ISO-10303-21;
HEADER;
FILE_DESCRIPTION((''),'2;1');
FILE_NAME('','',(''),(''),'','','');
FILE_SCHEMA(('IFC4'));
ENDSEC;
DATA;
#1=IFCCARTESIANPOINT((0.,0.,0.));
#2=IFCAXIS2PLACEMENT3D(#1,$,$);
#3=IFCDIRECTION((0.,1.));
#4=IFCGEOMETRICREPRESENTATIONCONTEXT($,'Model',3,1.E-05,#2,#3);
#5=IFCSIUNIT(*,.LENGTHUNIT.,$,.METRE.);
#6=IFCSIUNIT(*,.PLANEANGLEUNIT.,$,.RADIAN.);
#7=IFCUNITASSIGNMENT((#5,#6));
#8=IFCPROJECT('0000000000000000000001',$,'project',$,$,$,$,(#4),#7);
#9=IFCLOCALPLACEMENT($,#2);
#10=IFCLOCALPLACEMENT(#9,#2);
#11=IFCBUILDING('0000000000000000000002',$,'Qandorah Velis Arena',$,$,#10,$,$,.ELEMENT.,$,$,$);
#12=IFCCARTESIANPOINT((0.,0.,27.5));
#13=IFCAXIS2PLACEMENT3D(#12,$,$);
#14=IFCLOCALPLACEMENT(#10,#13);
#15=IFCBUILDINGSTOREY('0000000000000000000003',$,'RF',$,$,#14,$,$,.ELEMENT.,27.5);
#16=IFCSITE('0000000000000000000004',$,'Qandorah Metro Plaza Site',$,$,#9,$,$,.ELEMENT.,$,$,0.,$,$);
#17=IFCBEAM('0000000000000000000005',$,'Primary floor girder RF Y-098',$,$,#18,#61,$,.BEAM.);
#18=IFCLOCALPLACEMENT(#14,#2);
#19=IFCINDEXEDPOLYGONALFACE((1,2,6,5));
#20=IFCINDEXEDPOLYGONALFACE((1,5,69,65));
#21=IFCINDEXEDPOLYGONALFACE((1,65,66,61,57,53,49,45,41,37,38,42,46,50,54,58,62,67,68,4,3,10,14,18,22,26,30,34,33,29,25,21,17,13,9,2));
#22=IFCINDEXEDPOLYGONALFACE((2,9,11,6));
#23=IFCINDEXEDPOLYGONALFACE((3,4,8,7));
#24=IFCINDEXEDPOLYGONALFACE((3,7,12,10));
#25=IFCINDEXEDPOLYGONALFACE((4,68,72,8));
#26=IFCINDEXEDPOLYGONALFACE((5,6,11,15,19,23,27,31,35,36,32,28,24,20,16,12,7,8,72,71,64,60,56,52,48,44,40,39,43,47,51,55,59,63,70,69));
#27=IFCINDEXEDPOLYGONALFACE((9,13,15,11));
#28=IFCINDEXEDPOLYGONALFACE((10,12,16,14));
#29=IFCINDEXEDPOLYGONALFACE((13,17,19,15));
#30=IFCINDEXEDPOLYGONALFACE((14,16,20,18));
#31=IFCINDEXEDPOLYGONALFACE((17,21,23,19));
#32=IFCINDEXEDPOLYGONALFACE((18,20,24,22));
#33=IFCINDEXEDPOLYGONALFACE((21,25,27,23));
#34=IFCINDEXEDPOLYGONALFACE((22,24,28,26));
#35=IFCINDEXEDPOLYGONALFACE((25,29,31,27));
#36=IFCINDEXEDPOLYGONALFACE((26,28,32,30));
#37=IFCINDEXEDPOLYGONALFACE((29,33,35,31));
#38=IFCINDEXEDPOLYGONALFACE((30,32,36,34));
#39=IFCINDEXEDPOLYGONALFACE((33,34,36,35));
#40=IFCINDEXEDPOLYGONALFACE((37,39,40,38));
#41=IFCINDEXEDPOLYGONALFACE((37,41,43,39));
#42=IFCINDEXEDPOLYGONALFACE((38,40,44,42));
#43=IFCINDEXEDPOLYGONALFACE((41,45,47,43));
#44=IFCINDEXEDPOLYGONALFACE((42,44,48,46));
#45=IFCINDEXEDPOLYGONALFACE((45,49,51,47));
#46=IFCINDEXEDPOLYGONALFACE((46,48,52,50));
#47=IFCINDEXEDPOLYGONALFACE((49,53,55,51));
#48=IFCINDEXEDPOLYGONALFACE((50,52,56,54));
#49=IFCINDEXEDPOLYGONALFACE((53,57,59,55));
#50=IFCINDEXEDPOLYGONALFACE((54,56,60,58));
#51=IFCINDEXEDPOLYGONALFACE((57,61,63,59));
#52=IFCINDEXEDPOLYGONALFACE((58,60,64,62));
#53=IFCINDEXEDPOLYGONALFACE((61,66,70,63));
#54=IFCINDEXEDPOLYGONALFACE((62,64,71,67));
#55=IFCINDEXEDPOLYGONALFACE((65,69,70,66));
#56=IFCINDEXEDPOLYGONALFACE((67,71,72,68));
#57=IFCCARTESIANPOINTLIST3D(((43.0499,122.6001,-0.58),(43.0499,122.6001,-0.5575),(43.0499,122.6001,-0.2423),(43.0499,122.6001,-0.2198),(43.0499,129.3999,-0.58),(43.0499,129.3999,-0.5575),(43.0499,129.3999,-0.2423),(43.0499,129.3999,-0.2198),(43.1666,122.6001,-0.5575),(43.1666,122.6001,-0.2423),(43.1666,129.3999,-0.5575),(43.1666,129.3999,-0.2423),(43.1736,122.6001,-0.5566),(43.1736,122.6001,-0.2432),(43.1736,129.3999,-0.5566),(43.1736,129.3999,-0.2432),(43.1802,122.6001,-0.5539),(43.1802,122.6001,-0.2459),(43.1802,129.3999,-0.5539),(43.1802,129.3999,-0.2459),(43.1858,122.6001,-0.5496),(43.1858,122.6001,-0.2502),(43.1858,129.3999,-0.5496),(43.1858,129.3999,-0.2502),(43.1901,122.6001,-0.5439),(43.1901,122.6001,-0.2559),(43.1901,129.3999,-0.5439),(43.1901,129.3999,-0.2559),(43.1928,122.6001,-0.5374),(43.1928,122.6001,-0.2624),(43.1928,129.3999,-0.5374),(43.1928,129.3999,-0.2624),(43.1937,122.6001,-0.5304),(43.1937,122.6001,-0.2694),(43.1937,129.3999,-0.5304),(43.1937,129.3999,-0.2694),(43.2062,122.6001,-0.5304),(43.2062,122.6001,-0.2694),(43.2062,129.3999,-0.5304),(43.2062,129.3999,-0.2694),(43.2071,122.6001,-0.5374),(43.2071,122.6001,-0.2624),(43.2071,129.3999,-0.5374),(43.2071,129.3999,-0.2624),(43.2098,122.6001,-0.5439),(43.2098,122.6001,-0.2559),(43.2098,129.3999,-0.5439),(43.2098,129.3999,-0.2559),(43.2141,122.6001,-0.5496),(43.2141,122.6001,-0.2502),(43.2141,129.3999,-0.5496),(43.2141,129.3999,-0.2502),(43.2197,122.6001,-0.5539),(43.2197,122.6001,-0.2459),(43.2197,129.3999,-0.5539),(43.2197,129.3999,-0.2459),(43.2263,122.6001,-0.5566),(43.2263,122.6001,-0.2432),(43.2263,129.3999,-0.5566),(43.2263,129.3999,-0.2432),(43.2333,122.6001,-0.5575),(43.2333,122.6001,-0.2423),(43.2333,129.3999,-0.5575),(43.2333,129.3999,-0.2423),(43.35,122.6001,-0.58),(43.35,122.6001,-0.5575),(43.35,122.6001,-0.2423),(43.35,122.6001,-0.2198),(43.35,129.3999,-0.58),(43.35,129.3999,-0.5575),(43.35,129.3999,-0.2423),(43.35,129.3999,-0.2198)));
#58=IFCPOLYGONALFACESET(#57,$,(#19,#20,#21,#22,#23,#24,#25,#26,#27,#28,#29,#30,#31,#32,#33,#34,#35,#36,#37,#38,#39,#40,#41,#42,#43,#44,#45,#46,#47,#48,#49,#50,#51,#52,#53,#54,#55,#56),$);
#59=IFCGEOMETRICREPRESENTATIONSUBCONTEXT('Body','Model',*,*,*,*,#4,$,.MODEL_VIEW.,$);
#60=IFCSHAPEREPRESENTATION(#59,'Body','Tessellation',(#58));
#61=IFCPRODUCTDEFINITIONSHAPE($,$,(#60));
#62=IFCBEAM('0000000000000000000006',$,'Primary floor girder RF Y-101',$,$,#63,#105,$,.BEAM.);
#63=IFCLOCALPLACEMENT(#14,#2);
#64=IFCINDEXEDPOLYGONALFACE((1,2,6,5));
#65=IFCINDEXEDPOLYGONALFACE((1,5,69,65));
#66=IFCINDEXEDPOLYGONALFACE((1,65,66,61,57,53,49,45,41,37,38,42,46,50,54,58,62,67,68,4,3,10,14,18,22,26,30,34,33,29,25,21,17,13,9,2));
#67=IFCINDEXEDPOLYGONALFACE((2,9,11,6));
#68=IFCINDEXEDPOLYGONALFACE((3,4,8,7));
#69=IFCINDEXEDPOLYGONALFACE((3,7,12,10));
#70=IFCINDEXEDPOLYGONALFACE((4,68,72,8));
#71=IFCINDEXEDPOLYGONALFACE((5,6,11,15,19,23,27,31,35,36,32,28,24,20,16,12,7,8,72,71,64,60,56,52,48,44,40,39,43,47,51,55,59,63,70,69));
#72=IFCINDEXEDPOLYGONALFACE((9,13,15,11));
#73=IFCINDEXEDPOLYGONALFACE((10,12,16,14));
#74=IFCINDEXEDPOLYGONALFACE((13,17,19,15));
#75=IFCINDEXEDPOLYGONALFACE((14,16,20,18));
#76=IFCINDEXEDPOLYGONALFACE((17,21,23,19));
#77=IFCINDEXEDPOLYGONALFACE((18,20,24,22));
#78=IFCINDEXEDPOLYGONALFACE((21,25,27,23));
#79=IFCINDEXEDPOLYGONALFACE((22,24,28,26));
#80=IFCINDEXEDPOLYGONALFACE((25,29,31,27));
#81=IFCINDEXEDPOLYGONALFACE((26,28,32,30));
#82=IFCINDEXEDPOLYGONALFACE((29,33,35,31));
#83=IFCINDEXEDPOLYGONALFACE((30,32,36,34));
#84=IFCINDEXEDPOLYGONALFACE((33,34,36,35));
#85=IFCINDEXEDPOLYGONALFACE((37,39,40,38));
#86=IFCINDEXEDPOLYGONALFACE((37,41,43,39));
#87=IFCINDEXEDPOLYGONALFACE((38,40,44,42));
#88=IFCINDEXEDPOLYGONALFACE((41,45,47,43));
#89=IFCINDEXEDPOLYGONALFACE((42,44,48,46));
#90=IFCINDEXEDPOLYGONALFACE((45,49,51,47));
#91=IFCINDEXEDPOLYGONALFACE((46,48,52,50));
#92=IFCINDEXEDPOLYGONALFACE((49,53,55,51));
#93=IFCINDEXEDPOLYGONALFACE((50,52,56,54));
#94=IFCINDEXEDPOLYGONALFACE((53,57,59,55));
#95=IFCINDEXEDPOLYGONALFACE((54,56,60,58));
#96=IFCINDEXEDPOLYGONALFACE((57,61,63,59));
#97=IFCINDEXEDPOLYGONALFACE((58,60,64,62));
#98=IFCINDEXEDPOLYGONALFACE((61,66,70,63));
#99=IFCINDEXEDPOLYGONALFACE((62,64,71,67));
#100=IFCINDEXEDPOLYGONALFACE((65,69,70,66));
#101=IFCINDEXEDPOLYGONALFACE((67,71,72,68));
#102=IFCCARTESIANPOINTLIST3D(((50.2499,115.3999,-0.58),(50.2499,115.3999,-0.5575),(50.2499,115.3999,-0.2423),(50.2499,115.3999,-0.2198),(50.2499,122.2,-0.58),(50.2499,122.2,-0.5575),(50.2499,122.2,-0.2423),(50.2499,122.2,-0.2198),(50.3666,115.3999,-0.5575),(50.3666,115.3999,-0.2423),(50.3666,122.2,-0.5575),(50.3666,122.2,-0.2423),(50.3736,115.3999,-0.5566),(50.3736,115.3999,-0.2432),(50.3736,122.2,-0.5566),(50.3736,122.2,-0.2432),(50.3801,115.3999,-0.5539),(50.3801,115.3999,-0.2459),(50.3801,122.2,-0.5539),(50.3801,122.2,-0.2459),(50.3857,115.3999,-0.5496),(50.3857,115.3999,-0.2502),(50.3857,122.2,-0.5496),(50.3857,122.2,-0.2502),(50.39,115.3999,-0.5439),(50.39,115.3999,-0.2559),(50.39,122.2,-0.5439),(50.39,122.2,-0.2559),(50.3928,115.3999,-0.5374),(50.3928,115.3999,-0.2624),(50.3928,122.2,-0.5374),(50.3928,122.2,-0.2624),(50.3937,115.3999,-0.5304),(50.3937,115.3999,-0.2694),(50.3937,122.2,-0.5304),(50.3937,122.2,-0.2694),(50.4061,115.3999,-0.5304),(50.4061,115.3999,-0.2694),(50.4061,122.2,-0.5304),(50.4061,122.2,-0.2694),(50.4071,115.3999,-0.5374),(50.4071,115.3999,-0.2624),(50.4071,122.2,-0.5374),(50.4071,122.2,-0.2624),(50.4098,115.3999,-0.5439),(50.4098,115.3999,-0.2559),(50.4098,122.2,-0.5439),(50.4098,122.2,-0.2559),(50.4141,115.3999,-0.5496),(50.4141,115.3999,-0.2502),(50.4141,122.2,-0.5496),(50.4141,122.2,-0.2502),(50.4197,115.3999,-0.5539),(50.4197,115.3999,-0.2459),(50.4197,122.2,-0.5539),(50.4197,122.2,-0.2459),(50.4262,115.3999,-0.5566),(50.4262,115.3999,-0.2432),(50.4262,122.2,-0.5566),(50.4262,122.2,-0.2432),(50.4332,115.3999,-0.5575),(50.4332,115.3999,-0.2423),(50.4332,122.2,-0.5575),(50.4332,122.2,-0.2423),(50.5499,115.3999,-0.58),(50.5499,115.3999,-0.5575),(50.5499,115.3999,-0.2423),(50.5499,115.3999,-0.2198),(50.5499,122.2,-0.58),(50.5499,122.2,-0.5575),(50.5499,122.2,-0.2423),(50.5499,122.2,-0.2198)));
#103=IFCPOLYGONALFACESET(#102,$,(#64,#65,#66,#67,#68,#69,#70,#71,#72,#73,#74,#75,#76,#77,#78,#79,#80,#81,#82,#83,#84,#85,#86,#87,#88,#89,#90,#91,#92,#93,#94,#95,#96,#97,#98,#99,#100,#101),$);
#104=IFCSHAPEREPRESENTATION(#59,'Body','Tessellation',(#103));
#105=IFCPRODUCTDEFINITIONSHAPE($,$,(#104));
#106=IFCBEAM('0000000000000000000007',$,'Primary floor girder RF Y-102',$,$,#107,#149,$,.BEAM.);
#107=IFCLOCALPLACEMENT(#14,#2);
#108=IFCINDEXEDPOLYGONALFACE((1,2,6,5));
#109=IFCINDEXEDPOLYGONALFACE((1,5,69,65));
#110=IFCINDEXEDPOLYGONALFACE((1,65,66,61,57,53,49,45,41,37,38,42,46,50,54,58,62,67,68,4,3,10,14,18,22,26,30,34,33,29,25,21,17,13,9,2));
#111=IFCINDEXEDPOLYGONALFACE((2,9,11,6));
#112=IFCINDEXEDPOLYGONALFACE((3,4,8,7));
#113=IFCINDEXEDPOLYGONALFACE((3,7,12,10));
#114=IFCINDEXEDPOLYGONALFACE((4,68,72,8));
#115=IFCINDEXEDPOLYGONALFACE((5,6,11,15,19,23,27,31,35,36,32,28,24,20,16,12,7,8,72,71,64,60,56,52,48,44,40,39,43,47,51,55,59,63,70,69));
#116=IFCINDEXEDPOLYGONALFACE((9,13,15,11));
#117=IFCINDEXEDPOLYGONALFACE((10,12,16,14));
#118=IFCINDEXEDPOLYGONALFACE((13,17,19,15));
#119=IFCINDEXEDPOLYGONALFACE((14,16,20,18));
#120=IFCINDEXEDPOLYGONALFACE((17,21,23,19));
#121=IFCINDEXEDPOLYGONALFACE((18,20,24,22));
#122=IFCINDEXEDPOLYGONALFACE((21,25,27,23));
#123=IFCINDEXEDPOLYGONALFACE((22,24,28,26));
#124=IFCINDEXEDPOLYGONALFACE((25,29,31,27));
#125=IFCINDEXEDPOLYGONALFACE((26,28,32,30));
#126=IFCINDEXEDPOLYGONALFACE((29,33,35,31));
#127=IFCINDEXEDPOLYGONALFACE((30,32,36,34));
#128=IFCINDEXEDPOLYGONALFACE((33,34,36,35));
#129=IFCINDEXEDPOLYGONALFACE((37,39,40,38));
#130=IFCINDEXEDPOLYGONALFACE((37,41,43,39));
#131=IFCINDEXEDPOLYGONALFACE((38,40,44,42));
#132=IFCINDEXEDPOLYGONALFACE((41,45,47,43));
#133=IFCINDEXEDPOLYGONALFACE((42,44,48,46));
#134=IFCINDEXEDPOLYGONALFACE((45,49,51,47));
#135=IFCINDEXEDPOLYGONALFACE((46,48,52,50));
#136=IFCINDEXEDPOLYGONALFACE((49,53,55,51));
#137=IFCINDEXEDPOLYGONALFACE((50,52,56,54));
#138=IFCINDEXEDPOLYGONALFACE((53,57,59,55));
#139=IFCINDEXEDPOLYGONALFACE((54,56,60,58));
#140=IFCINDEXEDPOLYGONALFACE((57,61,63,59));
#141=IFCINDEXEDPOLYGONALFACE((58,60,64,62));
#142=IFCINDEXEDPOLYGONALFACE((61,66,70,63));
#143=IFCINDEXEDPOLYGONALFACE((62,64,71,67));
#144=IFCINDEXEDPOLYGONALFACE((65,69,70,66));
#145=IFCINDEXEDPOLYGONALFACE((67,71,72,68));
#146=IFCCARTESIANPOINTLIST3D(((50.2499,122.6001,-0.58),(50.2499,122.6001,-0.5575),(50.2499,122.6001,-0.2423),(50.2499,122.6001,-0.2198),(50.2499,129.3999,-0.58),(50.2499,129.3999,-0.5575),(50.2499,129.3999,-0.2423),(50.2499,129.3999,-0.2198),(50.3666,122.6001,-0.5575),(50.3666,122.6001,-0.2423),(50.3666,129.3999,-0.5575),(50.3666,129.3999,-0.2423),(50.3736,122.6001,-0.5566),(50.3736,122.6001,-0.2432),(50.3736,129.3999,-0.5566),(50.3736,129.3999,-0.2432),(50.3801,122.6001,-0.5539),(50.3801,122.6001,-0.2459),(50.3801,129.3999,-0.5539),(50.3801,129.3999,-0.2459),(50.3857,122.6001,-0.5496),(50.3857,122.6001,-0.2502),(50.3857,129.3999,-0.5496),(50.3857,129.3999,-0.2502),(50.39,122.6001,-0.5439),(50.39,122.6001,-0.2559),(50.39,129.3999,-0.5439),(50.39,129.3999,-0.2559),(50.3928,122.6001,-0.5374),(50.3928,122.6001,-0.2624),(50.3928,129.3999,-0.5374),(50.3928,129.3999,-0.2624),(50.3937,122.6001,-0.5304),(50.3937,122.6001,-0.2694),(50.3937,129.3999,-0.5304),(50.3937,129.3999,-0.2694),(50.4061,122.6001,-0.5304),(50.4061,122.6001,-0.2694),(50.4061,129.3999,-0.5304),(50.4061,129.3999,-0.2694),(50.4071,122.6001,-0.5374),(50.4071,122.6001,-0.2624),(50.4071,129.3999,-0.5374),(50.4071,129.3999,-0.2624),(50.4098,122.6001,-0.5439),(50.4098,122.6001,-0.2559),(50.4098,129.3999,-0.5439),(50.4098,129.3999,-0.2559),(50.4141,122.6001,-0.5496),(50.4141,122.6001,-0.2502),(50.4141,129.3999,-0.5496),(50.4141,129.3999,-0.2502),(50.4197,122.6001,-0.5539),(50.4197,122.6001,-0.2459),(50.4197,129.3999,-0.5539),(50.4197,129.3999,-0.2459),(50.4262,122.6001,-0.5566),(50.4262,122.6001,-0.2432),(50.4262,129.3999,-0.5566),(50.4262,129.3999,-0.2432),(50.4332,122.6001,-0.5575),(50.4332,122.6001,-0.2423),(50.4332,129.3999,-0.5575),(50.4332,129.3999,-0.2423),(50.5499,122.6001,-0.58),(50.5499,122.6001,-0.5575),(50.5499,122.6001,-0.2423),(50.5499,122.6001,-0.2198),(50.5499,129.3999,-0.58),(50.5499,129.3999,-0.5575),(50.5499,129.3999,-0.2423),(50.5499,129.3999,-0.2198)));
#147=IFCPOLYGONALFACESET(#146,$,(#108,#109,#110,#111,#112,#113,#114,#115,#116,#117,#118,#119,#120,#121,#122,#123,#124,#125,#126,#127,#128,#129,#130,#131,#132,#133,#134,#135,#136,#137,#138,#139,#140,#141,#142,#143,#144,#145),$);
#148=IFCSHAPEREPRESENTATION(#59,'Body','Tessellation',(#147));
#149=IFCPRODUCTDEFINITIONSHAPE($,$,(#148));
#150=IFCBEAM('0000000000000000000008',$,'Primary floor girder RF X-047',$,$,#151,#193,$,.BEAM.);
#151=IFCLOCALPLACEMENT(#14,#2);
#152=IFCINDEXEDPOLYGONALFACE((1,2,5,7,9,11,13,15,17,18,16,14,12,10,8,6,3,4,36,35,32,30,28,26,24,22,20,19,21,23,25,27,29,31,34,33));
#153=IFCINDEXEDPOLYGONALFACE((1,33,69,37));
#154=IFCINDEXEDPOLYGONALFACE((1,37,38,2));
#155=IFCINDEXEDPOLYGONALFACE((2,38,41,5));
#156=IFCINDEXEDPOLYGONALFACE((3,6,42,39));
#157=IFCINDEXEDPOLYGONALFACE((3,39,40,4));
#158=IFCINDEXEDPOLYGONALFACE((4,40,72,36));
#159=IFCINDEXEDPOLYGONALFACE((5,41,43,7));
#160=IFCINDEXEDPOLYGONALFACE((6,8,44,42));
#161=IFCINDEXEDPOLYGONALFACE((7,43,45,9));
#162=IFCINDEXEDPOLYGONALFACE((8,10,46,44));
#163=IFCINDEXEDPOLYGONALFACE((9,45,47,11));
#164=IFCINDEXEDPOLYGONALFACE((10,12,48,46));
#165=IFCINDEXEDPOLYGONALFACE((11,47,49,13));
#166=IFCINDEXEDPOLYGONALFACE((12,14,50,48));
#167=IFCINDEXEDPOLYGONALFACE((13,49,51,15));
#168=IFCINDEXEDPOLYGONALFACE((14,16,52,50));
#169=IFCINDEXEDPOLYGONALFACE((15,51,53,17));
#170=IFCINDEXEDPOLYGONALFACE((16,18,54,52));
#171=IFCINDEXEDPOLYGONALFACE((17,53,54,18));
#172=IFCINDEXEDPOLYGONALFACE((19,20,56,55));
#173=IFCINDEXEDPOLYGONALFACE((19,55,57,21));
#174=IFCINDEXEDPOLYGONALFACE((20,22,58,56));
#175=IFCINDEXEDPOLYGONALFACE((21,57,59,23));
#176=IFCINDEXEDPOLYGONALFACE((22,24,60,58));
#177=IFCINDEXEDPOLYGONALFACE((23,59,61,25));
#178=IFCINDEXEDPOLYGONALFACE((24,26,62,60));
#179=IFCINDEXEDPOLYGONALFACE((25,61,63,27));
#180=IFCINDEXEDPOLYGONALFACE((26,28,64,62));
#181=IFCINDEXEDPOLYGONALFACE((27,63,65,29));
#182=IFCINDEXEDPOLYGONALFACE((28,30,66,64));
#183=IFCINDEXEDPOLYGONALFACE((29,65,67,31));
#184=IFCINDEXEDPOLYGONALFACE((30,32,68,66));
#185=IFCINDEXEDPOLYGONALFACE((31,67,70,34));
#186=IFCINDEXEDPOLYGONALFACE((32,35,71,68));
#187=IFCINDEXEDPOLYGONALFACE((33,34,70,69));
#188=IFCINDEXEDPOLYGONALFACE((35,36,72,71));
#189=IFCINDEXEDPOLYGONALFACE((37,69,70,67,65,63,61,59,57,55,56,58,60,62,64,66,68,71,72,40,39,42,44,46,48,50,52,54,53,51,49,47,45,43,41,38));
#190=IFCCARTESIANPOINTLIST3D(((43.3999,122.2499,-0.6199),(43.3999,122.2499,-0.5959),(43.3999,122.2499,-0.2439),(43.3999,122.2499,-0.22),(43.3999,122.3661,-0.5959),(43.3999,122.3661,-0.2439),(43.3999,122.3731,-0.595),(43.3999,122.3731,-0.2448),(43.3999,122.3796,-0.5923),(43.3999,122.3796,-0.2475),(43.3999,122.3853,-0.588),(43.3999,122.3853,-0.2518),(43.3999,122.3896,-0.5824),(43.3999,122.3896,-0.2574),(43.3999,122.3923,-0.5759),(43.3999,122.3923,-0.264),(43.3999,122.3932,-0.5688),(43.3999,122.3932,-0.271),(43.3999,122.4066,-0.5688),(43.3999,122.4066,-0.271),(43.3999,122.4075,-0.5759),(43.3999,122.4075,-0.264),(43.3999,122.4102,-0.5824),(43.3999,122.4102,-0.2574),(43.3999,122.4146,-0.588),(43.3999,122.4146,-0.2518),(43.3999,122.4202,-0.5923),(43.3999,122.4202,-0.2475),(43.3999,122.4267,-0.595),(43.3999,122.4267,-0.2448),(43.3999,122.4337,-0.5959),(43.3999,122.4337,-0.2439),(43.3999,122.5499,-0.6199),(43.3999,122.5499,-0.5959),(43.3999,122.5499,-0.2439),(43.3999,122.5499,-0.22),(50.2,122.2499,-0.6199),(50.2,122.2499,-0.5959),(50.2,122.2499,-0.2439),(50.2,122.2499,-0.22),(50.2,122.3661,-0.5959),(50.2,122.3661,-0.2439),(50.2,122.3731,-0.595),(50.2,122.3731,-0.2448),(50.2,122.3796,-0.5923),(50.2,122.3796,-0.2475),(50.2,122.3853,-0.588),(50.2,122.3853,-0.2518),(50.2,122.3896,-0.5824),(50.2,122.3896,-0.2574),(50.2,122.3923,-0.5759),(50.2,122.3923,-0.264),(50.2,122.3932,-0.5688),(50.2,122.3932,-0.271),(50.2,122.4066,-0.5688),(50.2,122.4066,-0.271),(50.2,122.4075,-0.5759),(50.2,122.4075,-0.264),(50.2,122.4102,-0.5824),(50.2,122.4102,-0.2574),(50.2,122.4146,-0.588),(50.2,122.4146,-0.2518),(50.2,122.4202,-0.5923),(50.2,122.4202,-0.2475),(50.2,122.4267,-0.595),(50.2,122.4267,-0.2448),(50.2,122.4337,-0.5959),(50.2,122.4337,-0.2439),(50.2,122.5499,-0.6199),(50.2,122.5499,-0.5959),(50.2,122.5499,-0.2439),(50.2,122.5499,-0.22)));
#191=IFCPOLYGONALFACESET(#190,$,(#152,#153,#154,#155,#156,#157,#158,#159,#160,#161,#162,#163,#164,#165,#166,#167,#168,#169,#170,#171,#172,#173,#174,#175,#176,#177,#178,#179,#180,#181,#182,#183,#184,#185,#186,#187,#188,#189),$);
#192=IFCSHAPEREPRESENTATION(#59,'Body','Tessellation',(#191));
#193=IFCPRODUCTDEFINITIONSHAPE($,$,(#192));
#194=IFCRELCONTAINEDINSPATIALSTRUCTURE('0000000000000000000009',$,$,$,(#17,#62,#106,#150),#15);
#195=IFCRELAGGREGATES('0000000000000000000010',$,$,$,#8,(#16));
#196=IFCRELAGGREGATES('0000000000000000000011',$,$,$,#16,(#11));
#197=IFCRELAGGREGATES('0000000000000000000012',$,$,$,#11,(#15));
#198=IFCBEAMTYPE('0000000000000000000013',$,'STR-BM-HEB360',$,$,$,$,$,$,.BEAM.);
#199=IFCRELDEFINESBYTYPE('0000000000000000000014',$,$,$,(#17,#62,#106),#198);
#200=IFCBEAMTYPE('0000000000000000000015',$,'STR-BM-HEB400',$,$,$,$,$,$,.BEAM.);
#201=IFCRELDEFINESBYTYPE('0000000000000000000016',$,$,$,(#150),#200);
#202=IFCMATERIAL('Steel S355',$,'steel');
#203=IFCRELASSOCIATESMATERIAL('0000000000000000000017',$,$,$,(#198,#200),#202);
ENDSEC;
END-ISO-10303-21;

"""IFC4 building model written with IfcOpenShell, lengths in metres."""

from ifc_helpers import new_model, si_unit, direction, frame, origin, origin_2d, place, context, subcontext, project, spatial, i_section, extrude, material, material_profile, profile_set, type_object, element, save


model = new_model("IFC4")

# Units and contexts
model_context = context("Model", 3, precision=1e-05, world=origin(), true_north=direction((0.0, 1.0)))
body_context = subcontext(model_context, "Body", "Model", "MODEL_VIEW")
ifc_project = project(units=[si_unit("LENGTHUNIT", "METRE"), si_unit("PLANEANGLEUNIT", "RADIAN")], contexts=[model_context])

# Site, building, storey
site_placement = place(None, origin())
site = spatial("IfcSite", under=ifc_project, at=site_placement, Name="Qandorah Metro Plaza Site", CompositionType="ELEMENT", RefElevation=0.0)
building_placement = place(site_placement, origin())
building = spatial("IfcBuilding", under=site, at=building_placement, Name="Qandorah Velis Arena", CompositionType="ELEMENT")
storey_placement = place(building_placement, frame((0.0, 0.0, 27.5)))
storey = spatial("IfcBuildingStorey", under=building, at=storey_placement, Name="RF", CompositionType="ELEMENT", Elevation=27.5)

# Beams
ifc_material_1 = material(Name="Steel S355", Category="steel")
ifc_material_profile_1 = material_profile(ifc_material_1, i_section(OverallWidth=0.3, OverallDepth=0.3601, WebThickness=0.0125, FlangeThickness=0.0225, FilletRadius=0.0271, at=origin_2d()), Name="HEB 360")
ifc_profile_set_1 = profile_set([ifc_material_profile_1], Name="Steel S355")
beam_type_1 = type_object("IfcBeamType", Name="STR-BM-HEB360", PredefinedType="BEAM", material=ifc_profile_set_1)
beam_1_placement = place(storey_placement, frame((43.2, 122.6001, -0.3999), z_axis=(0.0, 1.0, 0.0), x_axis=(-1.0, 0.0, 0.0)))
element("IfcBeam", 1, at=beam_1_placement, inside=storey, type_object=beam_type_1, Name="Primary floor girder RF Y-098", PredefinedType="BEAM", context=body_context, shape_type="SweptSolid", body=[
    extrude(i_section(OverallWidth=0.3, OverallDepth=0.3601, WebThickness=0.0125, FlangeThickness=0.0225, FilletRadius=0.0271, at=origin_2d()), origin(), (0.0, 0.0, 1.0), 6.7998),
])
beam_2_placement = place(storey_placement, frame((50.3999, 115.3999, -0.3999), z_axis=(0.0, 1.0, 0.0), x_axis=(-1.0, 0.0, 0.0)))
element("IfcBeam", 2, at=beam_2_placement, inside=storey, type_object=beam_type_1, Name="Primary floor girder RF Y-101", PredefinedType="BEAM", context=body_context, shape_type="SweptSolid", body=[
    extrude(i_section(OverallWidth=0.3, OverallDepth=0.3601, WebThickness=0.0125, FlangeThickness=0.0225, FilletRadius=0.0271, at=origin_2d()), origin(), (0.0, 0.0, 1.0), 6.8),
])
beam_3_placement = place(storey_placement, frame((50.3999, 122.6001, -0.3999), z_axis=(0.0, 1.0, 0.0), x_axis=(-1.0, 0.0, 0.0)))
element("IfcBeam", 3, at=beam_3_placement, inside=storey, type_object=beam_type_1, Name="Primary floor girder RF Y-102", PredefinedType="BEAM", context=body_context, shape_type="SweptSolid", body=[
    extrude(i_section(OverallWidth=0.3, OverallDepth=0.3601, WebThickness=0.0125, FlangeThickness=0.0225, FilletRadius=0.0271, at=origin_2d()), origin(), (0.0, 0.0, 1.0), 6.7998),
])
ifc_material_profile_2 = material_profile(ifc_material_1, i_section(OverallWidth=0.3, OverallDepth=0.3999, WebThickness=0.0134, FlangeThickness=0.0239, FilletRadius=0.0271, at=origin_2d()), Name="HEB 400")
ifc_profile_set_2 = profile_set([ifc_material_profile_2], Name="Steel S355")
beam_type_2 = type_object("IfcBeamType", Name="STR-BM-HEB400", PredefinedType="BEAM", material=ifc_profile_set_2)
beam_4_placement = place(storey_placement, frame((43.3999, 122.3999, -0.4199), z_axis=(1.0, 0.0, 0.0), x_axis=(0.0, 1.0, 0.0)))
element("IfcBeam", 4, at=beam_4_placement, inside=storey, type_object=beam_type_2, Name="Primary floor girder RF X-047", PredefinedType="BEAM", context=body_context, shape_type="SweptSolid", body=[
    extrude(i_section(OverallWidth=0.3, OverallDepth=0.3999, WebThickness=0.0134, FlangeThickness=0.0239, FilletRadius=0.0271, at=origin_2d()), origin(), (0.0, 0.0, 1.0), 6.8),
])

save(model, "model.ifc")
